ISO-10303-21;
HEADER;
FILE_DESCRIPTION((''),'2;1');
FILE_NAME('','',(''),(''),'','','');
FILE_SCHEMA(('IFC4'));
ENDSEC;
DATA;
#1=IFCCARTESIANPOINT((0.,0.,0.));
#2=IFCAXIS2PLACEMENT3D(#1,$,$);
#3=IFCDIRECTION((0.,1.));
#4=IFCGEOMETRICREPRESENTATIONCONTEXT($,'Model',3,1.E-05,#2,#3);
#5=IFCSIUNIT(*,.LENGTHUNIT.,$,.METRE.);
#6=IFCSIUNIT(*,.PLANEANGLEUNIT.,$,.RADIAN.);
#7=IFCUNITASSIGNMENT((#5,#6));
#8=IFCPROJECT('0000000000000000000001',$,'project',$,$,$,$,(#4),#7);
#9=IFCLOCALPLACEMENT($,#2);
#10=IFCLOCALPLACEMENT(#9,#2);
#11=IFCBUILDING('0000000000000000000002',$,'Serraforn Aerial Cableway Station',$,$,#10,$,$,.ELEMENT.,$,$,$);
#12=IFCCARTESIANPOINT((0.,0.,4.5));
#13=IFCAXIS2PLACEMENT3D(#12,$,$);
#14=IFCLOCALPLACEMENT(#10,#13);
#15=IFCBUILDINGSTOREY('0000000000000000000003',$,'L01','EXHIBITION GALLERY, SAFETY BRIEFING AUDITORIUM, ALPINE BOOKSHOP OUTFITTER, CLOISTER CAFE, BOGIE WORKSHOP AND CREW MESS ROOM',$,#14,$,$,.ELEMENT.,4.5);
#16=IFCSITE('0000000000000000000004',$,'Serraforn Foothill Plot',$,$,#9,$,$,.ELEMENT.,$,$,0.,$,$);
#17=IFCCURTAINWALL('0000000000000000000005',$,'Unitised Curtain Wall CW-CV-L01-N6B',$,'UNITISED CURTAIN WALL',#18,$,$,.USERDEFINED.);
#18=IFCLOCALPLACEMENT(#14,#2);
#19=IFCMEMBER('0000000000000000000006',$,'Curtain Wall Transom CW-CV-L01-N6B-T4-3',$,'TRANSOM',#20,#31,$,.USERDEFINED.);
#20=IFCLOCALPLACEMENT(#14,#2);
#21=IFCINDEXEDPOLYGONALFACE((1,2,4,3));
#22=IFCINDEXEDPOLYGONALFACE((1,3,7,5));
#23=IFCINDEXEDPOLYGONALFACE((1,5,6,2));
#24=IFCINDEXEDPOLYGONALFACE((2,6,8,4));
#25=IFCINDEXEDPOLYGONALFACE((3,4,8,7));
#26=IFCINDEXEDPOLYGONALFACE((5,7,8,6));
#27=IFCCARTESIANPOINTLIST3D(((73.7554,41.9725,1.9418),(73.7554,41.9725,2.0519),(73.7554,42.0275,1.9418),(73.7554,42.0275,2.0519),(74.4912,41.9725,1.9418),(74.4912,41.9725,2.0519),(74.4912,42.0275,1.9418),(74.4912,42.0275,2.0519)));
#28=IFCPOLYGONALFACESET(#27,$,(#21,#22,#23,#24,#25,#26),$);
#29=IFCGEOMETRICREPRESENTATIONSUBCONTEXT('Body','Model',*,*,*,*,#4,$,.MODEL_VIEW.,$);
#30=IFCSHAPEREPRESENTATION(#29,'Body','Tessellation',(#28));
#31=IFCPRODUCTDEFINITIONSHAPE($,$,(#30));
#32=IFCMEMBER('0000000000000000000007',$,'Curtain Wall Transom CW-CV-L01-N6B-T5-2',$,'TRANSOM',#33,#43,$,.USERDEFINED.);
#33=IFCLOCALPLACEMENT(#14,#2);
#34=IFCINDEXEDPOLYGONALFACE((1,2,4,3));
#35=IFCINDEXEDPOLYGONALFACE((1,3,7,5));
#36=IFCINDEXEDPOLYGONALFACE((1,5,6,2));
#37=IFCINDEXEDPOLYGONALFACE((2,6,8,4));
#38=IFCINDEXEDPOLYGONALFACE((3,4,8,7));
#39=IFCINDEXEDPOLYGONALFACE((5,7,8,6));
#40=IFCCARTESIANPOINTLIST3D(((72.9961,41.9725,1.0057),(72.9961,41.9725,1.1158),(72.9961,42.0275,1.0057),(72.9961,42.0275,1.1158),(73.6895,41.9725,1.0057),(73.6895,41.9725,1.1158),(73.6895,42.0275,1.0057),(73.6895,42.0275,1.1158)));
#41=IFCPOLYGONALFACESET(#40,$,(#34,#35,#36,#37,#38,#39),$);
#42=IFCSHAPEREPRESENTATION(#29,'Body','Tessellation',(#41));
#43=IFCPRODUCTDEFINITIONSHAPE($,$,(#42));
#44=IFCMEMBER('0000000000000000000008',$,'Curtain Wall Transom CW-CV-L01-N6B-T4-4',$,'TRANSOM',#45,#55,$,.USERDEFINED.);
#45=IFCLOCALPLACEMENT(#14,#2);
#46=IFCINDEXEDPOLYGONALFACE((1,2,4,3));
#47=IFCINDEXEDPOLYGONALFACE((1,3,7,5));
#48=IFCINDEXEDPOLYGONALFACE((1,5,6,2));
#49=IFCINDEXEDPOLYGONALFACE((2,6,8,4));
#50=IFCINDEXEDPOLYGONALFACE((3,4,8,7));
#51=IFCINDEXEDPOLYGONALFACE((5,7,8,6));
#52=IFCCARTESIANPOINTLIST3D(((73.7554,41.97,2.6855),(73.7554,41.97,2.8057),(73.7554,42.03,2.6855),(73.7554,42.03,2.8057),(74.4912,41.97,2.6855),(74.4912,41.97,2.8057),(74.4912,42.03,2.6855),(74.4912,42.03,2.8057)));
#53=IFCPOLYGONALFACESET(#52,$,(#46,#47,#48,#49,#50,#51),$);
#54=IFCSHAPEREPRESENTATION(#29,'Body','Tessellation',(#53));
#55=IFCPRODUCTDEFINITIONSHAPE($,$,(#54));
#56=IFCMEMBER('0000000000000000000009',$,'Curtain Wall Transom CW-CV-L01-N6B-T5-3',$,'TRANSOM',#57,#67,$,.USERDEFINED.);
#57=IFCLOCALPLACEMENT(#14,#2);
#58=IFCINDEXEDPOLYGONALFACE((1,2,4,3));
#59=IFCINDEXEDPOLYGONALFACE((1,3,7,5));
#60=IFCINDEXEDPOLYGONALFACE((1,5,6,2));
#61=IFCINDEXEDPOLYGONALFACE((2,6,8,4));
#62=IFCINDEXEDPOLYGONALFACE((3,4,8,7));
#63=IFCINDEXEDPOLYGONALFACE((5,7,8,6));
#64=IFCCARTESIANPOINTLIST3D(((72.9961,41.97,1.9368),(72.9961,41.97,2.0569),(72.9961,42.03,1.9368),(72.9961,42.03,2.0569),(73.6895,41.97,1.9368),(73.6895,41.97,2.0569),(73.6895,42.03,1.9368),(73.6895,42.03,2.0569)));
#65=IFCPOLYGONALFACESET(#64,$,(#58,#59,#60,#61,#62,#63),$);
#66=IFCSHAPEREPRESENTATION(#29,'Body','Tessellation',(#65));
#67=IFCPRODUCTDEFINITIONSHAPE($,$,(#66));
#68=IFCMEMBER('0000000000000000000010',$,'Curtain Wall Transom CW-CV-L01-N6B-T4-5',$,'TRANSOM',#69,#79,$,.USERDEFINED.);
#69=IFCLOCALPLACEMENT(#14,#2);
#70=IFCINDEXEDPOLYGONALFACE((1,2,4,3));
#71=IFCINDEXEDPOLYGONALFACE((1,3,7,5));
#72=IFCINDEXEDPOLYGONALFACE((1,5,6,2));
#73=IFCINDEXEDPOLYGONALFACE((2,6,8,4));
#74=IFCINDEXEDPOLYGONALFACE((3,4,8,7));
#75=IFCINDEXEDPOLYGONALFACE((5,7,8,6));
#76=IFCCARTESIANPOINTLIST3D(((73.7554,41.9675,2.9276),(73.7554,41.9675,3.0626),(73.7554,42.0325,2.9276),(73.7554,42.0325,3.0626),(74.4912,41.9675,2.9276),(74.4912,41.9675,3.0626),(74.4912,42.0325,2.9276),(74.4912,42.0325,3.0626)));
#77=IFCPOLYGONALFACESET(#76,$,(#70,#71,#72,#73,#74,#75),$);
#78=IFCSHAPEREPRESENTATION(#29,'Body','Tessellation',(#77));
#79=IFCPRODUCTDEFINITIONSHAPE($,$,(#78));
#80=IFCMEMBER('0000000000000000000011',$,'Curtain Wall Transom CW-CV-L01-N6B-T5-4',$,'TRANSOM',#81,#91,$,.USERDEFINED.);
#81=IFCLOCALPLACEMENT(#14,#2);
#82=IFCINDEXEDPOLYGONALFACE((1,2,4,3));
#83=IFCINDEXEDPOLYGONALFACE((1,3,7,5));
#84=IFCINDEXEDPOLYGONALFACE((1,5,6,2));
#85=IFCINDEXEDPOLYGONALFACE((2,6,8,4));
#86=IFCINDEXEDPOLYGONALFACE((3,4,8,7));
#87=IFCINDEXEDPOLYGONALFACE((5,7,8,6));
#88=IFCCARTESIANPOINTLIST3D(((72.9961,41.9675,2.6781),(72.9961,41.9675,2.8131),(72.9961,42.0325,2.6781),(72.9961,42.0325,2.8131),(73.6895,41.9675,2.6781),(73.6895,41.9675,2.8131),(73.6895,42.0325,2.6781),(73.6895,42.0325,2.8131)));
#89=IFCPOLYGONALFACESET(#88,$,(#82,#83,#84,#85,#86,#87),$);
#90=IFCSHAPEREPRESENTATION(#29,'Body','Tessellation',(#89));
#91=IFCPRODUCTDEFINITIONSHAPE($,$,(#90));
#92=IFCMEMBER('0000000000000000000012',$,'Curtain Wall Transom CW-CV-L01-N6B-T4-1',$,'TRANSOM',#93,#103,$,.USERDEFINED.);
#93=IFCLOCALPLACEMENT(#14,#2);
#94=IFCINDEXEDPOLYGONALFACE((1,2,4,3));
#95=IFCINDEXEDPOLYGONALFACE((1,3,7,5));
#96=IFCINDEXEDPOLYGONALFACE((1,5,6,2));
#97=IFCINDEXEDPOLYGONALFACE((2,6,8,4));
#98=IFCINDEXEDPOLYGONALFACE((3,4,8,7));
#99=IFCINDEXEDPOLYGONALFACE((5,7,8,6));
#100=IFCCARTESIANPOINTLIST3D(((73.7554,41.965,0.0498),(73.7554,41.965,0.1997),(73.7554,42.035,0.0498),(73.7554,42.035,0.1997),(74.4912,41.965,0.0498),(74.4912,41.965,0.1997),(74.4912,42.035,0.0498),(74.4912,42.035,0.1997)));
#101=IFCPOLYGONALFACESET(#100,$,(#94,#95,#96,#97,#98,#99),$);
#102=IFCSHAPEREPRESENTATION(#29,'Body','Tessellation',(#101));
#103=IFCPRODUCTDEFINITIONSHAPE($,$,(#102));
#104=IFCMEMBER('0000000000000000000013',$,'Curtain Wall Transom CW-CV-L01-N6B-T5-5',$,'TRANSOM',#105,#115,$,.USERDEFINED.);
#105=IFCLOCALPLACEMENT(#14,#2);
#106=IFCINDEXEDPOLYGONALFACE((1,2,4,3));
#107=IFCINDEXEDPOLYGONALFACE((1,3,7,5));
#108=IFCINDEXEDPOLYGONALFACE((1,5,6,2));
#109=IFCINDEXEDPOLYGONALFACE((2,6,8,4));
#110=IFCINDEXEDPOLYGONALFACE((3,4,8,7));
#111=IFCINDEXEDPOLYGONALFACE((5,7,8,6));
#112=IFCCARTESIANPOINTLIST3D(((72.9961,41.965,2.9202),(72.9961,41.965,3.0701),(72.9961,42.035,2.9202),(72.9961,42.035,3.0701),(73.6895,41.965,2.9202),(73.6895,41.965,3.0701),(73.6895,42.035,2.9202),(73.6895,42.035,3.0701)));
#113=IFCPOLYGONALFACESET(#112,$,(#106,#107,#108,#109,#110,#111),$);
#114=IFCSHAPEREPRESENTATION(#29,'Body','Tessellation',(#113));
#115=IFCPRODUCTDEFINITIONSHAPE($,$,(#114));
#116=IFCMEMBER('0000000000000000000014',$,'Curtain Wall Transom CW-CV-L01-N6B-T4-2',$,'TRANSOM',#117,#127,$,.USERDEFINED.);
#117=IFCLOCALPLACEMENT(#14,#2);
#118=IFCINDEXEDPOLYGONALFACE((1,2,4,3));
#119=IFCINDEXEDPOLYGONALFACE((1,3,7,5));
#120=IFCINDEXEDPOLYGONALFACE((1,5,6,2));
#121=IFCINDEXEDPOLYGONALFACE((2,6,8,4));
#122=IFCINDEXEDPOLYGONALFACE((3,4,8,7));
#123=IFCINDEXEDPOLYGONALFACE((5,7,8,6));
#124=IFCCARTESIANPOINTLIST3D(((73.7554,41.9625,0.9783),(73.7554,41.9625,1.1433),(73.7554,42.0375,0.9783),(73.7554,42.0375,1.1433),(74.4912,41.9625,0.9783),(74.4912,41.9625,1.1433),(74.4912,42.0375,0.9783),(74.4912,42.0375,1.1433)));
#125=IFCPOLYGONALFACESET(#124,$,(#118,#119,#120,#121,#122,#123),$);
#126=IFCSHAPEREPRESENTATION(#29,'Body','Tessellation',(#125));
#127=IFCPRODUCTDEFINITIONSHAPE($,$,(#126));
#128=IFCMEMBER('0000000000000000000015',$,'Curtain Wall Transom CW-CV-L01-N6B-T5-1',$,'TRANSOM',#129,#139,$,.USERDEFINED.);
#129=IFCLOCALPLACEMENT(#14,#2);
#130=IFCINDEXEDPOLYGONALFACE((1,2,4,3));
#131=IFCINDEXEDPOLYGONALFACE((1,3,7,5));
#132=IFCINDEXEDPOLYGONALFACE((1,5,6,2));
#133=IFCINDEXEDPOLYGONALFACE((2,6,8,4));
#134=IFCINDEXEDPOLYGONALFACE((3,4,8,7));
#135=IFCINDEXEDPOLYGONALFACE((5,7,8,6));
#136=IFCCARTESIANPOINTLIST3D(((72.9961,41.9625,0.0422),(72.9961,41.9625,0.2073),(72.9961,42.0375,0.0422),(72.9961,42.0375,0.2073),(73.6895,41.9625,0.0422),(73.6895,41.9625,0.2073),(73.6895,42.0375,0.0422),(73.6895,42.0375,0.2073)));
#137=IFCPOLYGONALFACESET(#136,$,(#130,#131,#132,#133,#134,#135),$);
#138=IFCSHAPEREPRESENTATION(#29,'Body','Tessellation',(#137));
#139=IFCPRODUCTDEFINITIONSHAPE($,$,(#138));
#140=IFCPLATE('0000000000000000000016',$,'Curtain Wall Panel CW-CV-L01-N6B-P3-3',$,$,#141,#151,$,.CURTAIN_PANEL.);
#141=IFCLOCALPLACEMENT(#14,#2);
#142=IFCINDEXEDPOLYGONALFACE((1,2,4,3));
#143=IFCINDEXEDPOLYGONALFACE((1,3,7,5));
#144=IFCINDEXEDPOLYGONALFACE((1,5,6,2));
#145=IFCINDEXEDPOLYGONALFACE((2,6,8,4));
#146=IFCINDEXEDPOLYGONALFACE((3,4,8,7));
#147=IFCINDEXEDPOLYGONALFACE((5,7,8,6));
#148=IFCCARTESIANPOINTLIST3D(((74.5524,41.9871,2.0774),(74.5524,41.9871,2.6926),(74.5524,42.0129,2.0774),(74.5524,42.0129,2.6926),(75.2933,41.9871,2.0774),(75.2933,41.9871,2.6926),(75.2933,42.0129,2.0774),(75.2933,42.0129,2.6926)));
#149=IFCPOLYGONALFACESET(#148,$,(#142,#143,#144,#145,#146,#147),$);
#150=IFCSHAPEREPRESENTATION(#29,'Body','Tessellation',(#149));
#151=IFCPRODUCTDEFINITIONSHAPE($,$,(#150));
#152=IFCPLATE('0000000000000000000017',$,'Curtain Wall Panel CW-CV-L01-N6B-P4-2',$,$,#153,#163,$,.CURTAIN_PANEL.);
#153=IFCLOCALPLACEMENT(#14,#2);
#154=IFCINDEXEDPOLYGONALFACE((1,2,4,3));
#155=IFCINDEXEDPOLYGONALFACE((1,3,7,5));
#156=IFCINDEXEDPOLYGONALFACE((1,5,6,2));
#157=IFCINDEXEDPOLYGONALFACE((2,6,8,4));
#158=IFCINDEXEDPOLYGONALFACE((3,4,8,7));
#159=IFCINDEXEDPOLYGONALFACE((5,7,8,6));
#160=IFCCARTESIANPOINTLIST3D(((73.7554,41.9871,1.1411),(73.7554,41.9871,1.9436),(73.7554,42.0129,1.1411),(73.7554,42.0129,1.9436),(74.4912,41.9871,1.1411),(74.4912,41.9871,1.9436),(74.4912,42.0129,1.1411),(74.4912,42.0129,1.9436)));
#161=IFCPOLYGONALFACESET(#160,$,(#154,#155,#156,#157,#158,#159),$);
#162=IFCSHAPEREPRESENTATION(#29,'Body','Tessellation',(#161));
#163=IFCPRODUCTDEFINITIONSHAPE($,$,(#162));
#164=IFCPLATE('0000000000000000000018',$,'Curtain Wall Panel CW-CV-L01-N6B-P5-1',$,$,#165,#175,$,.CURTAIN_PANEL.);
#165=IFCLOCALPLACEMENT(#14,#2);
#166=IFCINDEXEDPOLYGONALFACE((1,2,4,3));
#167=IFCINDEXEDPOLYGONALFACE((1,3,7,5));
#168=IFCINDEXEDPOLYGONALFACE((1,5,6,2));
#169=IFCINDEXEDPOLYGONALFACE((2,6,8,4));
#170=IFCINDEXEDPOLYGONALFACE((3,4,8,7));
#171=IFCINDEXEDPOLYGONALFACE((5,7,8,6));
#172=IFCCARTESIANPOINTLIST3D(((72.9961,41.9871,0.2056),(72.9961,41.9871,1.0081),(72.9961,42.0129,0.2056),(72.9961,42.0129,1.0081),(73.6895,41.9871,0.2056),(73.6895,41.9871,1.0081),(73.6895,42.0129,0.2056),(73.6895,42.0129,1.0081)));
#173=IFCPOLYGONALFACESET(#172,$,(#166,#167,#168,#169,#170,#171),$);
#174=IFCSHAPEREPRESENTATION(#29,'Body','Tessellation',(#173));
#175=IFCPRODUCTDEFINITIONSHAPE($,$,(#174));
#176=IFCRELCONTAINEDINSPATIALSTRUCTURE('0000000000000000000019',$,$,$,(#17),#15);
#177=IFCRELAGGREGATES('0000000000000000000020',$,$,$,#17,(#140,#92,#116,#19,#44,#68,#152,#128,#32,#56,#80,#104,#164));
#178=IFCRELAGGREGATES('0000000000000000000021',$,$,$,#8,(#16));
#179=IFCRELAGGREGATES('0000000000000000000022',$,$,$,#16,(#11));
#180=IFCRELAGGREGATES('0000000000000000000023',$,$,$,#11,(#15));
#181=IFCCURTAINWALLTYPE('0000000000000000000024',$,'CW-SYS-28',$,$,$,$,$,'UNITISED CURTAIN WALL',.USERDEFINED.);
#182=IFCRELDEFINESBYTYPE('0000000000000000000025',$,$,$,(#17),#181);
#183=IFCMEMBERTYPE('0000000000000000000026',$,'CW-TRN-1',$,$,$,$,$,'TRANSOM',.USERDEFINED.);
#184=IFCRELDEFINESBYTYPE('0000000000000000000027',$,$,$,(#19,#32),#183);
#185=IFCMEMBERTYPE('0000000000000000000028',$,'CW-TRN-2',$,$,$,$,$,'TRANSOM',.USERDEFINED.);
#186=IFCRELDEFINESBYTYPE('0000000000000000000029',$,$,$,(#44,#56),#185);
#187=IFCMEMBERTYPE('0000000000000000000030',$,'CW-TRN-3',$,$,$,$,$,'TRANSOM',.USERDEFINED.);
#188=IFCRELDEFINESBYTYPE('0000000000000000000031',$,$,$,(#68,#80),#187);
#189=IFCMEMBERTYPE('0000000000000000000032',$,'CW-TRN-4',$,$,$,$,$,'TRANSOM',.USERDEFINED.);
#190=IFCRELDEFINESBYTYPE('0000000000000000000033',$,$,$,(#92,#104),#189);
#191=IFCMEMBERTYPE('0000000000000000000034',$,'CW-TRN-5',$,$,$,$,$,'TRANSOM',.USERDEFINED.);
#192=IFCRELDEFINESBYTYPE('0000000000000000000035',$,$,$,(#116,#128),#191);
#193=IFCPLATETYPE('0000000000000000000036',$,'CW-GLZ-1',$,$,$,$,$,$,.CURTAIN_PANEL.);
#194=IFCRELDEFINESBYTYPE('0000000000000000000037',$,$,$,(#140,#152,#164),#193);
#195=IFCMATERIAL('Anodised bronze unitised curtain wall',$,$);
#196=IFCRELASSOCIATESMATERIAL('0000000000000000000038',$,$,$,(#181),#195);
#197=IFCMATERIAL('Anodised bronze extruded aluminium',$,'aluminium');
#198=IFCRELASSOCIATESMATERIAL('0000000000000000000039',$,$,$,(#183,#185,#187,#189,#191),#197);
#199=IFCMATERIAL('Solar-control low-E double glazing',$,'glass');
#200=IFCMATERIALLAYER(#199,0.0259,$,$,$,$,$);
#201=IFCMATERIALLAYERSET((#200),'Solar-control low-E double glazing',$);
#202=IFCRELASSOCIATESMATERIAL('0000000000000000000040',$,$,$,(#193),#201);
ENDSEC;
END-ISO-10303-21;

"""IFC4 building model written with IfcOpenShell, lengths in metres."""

from ifc_helpers import new_model, si_unit, direction, frame, origin, origin_2d, place, context, subcontext, project, spatial, rectangle, extrude, material, layer, layer_set, material_profile, profile_set, type_object, element, aggregate, save


model = new_model("IFC4")

# Units and contexts
model_context = context("Model", 3, precision=1e-05, world=origin(), true_north=direction((0.0, 1.0)))
body_context = subcontext(model_context, "Body", "Model", "MODEL_VIEW")
ifc_project = project(units=[si_unit("LENGTHUNIT", "METRE"), si_unit("PLANEANGLEUNIT", "RADIAN")], contexts=[model_context])

# Site, building, storey
site_placement = place(None, origin())
site = spatial("IfcSite", under=ifc_project, at=site_placement, Name="Serraforn Foothill Plot", CompositionType="ELEMENT", RefElevation=0.0)
building_placement = place(site_placement, origin())
building = spatial("IfcBuilding", under=site, at=building_placement, Name="Serraforn Aerial Cableway Station", CompositionType="ELEMENT")
storey_placement = place(building_placement, frame((0.0, 0.0, 4.5)))
storey = spatial("IfcBuildingStorey", under=building, at=storey_placement, Name="L01", Description="EXHIBITION GALLERY, SAFETY BRIEFING AUDITORIUM, ALPINE BOOKSHOP OUTFITTER, CLOISTER CAFE, BOGIE WORKSHOP AND CREW MESS ROOM", CompositionType="ELEMENT", Elevation=4.5)

# Curtain wall, members, plates
ifc_material_1 = material(Name="Anodised bronze unitised curtain wall")
curtain_wall_type = type_object("IfcCurtainWallType", Name="CW-SYS-28", ElementType="UNITISED CURTAIN WALL", PredefinedType="USERDEFINED", material=ifc_material_1)
curtain_wall_placement = place(storey_placement, origin())
curtain_wall = element("IfcCurtainWall", 1, at=curtain_wall_placement, inside=storey, type_object=curtain_wall_type, Name="Unitised Curtain Wall CW-CV-L01-N6B", ObjectType="UNITISED CURTAIN WALL", PredefinedType="USERDEFINED")
ifc_material_2 = material(Name="Anodised bronze extruded aluminium", Category="aluminium")
ifc_material_profile_1 = material_profile(ifc_material_2, rectangle(XDim=0.0549, YDim=0.1101, at=origin_2d()), Name="CW TRANSOM 55x110")
ifc_profile_set_1 = profile_set([ifc_material_profile_1], Name="Anodised bronze extruded aluminium")
member_type_1 = type_object("IfcMemberType", Name="CW-TRN-1", ElementType="TRANSOM", PredefinedType="USERDEFINED", material=ifc_profile_set_1)
member_1_placement = place(storey_placement, frame((74.4912, 42.0, 1.9968), z_axis=(-1.0, 0.0, 0.0), x_axis=(0.0, -1.0, 0.0)))
member_1 = element("IfcMember", 2, at=member_1_placement, type_object=member_type_1, Name="Curtain Wall Transom CW-CV-L01-N6B-T4-3", ObjectType="TRANSOM", PredefinedType="USERDEFINED", context=body_context, shape_type="SweptSolid", body=[
    extrude(rectangle(XDim=0.0549, YDim=0.1101, at=origin_2d()), origin(), (0.0, 0.0, 1.0), 0.7358),
])
member_2_placement = place(storey_placement, frame((73.6895, 42.0, 1.0608), z_axis=(-1.0, 0.0, 0.0), x_axis=(0.0, -1.0, 0.0)))
member_2 = element("IfcMember", 3, at=member_2_placement, type_object=member_type_1, Name="Curtain Wall Transom CW-CV-L01-N6B-T5-2", ObjectType="TRANSOM", PredefinedType="USERDEFINED", context=body_context, shape_type="SweptSolid", body=[
    extrude(rectangle(XDim=0.0549, YDim=0.1101, at=origin_2d()), origin(), (0.0, 0.0, 1.0), 0.6934),
])
ifc_material_profile_2 = material_profile(ifc_material_2, rectangle(XDim=0.0601, YDim=0.1201, at=origin_2d()), Name="CW TRANSOM 60x120")
ifc_profile_set_2 = profile_set([ifc_material_profile_2], Name="Anodised bronze extruded aluminium")
member_type_2 = type_object("IfcMemberType", Name="CW-TRN-2", ElementType="TRANSOM", PredefinedType="USERDEFINED", material=ifc_profile_set_2)
member_3_placement = place(storey_placement, frame((74.4912, 42.0, 2.7456), z_axis=(-1.0, 0.0, 0.0), x_axis=(0.0, -1.0, 0.0)))
member_3 = element("IfcMember", 4, at=member_3_placement, type_object=member_type_2, Name="Curtain Wall Transom CW-CV-L01-N6B-T4-4", ObjectType="TRANSOM", PredefinedType="USERDEFINED", context=body_context, shape_type="SweptSolid", body=[
    extrude(rectangle(XDim=0.0601, YDim=0.1201, at=origin_2d()), origin(), (0.0, 0.0, 1.0), 0.7358),
])
member_4_placement = place(storey_placement, frame((73.6895, 42.0, 1.9968), z_axis=(-1.0, 0.0, 0.0), x_axis=(0.0, -1.0, 0.0)))
member_4 = element("IfcMember", 5, at=member_4_placement, type_object=member_type_2, Name="Curtain Wall Transom CW-CV-L01-N6B-T5-3", ObjectType="TRANSOM", PredefinedType="USERDEFINED", context=body_context, shape_type="SweptSolid", body=[
    extrude(rectangle(XDim=0.0601, YDim=0.1201, at=origin_2d()), origin(), (0.0, 0.0, 1.0), 0.6934),
])
ifc_material_profile_3 = material_profile(ifc_material_2, rectangle(XDim=0.0649, YDim=0.135, at=origin_2d()), Name="CW TRANSOM 65x135")
ifc_profile_set_3 = profile_set([ifc_material_profile_3], Name="Anodised bronze extruded aluminium")
member_type_3 = type_object("IfcMemberType", Name="CW-TRN-3", ElementType="TRANSOM", PredefinedType="USERDEFINED", material=ifc_profile_set_3)
member_5_placement = place(storey_placement, frame((74.4912, 42.0, 2.9951), z_axis=(-1.0, 0.0, 0.0), x_axis=(0.0, -1.0, 0.0)))
member_5 = element("IfcMember", 6, at=member_5_placement, type_object=member_type_3, Name="Curtain Wall Transom CW-CV-L01-N6B-T4-5", ObjectType="TRANSOM", PredefinedType="USERDEFINED", context=body_context, shape_type="SweptSolid", body=[
    extrude(rectangle(XDim=0.0649, YDim=0.135, at=origin_2d()), origin(), (0.0, 0.0, 1.0), 0.7358),
])
member_6_placement = place(storey_placement, frame((73.6895, 42.0, 2.7456), z_axis=(-1.0, 0.0, 0.0), x_axis=(0.0, -1.0, 0.0)))
member_6 = element("IfcMember", 7, at=member_6_placement, type_object=member_type_3, Name="Curtain Wall Transom CW-CV-L01-N6B-T5-4", ObjectType="TRANSOM", PredefinedType="USERDEFINED", context=body_context, shape_type="SweptSolid", body=[
    extrude(rectangle(XDim=0.0649, YDim=0.135, at=origin_2d()), origin(), (0.0, 0.0, 1.0), 0.6934),
])
ifc_material_profile_4 = material_profile(ifc_material_2, rectangle(XDim=0.0701, YDim=0.1499, at=origin_2d()), Name="CW TRANSOM 70x150")
ifc_profile_set_4 = profile_set([ifc_material_profile_4], Name="Anodised bronze extruded aluminium")
member_type_4 = type_object("IfcMemberType", Name="CW-TRN-4", ElementType="TRANSOM", PredefinedType="USERDEFINED", material=ifc_profile_set_4)
member_7_placement = place(storey_placement, frame((74.4912, 42.0, 0.1248), z_axis=(-1.0, 0.0, 0.0), x_axis=(0.0, -1.0, 0.0)))
member_7 = element("IfcMember", 8, at=member_7_placement, type_object=member_type_4, Name="Curtain Wall Transom CW-CV-L01-N6B-T4-1", ObjectType="TRANSOM", PredefinedType="USERDEFINED", context=body_context, shape_type="SweptSolid", body=[
    extrude(rectangle(XDim=0.0701, YDim=0.1499, at=origin_2d()), origin(), (0.0, 0.0, 1.0), 0.7358),
])
member_8_placement = place(storey_placement, frame((73.6895, 42.0, 2.9951), z_axis=(-1.0, 0.0, 0.0), x_axis=(0.0, -1.0, 0.0)))
member_8 = element("IfcMember", 9, at=member_8_placement, type_object=member_type_4, Name="Curtain Wall Transom CW-CV-L01-N6B-T5-5", ObjectType="TRANSOM", PredefinedType="USERDEFINED", context=body_context, shape_type="SweptSolid", body=[
    extrude(rectangle(XDim=0.0701, YDim=0.1499, at=origin_2d()), origin(), (0.0, 0.0, 1.0), 0.6934),
])
ifc_material_profile_5 = material_profile(ifc_material_2, rectangle(XDim=0.075, YDim=0.165, at=origin_2d()), Name="CW TRANSOM 75x165")
ifc_profile_set_5 = profile_set([ifc_material_profile_5], Name="Anodised bronze extruded aluminium")
member_type_5 = type_object("IfcMemberType", Name="CW-TRN-5", ElementType="TRANSOM", PredefinedType="USERDEFINED", material=ifc_profile_set_5)
member_9_placement = place(storey_placement, frame((74.4912, 42.0, 1.0608), z_axis=(-1.0, 0.0, 0.0), x_axis=(0.0, -1.0, 0.0)))
member_9 = element("IfcMember", 10, at=member_9_placement, type_object=member_type_5, Name="Curtain Wall Transom CW-CV-L01-N6B-T4-2", ObjectType="TRANSOM", PredefinedType="USERDEFINED", context=body_context, shape_type="SweptSolid", body=[
    extrude(rectangle(XDim=0.075, YDim=0.165, at=origin_2d()), origin(), (0.0, 0.0, 1.0), 0.7358),
])
member_10_placement = place(storey_placement, frame((73.6895, 42.0, 0.1248), z_axis=(-1.0, 0.0, 0.0), x_axis=(0.0, -1.0, 0.0)))
member_10 = element("IfcMember", 11, at=member_10_placement, type_object=member_type_5, Name="Curtain Wall Transom CW-CV-L01-N6B-T5-1", ObjectType="TRANSOM", PredefinedType="USERDEFINED", context=body_context, shape_type="SweptSolid", body=[
    extrude(rectangle(XDim=0.075, YDim=0.165, at=origin_2d()), origin(), (0.0, 0.0, 1.0), 0.6934),
])
ifc_material_3 = material(Name="Solar-control low-E double glazing", Category="glass")
ifc_layer_1 = layer(ifc_material_3, 0.0259)
ifc_layer_set_1 = layer_set([ifc_layer_1], Name="Solar-control low-E double glazing")
plate_type_1 = type_object("IfcPlateType", Name="CW-GLZ-1", PredefinedType="CURTAIN_PANEL", material=ifc_layer_set_1)
plate_1_placement = place(storey_placement, frame((74.9229, 42.0, 2.0774), z_axis=(0.0, 0.0, 1.0), x_axis=(1.0, 0.0, 0.0)))
plate_1 = element("IfcPlate", 12, at=plate_1_placement, type_object=plate_type_1, Name="Curtain Wall Panel CW-CV-L01-N6B-P3-3", PredefinedType="CURTAIN_PANEL", context=body_context, shape_type="SweptSolid", body=[
    extrude(rectangle(XDim=0.741, YDim=0.0259, at=origin_2d()), origin(), (0.0, 0.0, 1.0), 0.6152),
])
plate_2_placement = place(storey_placement, frame((74.1233, 42.0, 1.1411), z_axis=(0.0, 0.0, 1.0), x_axis=(1.0, 0.0, 0.0)))
plate_2 = element("IfcPlate", 13, at=plate_2_placement, type_object=plate_type_1, Name="Curtain Wall Panel CW-CV-L01-N6B-P4-2", PredefinedType="CURTAIN_PANEL", context=body_context, shape_type="SweptSolid", body=[
    extrude(rectangle(XDim=0.7358, YDim=0.0259, at=origin_2d()), origin(), (0.0, 0.0, 1.0), 0.8025),
])
plate_3_placement = place(storey_placement, frame((73.3428, 42.0, 0.2056), z_axis=(0.0, 0.0, 1.0), x_axis=(1.0, 0.0, 0.0)))
plate_3 = element("IfcPlate", 14, at=plate_3_placement, type_object=plate_type_1, Name="Curtain Wall Panel CW-CV-L01-N6B-P5-1", PredefinedType="CURTAIN_PANEL", context=body_context, shape_type="SweptSolid", body=[
    extrude(rectangle(XDim=0.6934, YDim=0.0259, at=origin_2d()), origin(), (0.0, 0.0, 1.0), 0.8025),
])
aggregate(curtain_wall, [plate_1, member_7, member_9, member_1, member_3, member_5, plate_2, member_10, member_2, member_4, member_6, member_8, plate_3])

save(model, "model.ifc")
